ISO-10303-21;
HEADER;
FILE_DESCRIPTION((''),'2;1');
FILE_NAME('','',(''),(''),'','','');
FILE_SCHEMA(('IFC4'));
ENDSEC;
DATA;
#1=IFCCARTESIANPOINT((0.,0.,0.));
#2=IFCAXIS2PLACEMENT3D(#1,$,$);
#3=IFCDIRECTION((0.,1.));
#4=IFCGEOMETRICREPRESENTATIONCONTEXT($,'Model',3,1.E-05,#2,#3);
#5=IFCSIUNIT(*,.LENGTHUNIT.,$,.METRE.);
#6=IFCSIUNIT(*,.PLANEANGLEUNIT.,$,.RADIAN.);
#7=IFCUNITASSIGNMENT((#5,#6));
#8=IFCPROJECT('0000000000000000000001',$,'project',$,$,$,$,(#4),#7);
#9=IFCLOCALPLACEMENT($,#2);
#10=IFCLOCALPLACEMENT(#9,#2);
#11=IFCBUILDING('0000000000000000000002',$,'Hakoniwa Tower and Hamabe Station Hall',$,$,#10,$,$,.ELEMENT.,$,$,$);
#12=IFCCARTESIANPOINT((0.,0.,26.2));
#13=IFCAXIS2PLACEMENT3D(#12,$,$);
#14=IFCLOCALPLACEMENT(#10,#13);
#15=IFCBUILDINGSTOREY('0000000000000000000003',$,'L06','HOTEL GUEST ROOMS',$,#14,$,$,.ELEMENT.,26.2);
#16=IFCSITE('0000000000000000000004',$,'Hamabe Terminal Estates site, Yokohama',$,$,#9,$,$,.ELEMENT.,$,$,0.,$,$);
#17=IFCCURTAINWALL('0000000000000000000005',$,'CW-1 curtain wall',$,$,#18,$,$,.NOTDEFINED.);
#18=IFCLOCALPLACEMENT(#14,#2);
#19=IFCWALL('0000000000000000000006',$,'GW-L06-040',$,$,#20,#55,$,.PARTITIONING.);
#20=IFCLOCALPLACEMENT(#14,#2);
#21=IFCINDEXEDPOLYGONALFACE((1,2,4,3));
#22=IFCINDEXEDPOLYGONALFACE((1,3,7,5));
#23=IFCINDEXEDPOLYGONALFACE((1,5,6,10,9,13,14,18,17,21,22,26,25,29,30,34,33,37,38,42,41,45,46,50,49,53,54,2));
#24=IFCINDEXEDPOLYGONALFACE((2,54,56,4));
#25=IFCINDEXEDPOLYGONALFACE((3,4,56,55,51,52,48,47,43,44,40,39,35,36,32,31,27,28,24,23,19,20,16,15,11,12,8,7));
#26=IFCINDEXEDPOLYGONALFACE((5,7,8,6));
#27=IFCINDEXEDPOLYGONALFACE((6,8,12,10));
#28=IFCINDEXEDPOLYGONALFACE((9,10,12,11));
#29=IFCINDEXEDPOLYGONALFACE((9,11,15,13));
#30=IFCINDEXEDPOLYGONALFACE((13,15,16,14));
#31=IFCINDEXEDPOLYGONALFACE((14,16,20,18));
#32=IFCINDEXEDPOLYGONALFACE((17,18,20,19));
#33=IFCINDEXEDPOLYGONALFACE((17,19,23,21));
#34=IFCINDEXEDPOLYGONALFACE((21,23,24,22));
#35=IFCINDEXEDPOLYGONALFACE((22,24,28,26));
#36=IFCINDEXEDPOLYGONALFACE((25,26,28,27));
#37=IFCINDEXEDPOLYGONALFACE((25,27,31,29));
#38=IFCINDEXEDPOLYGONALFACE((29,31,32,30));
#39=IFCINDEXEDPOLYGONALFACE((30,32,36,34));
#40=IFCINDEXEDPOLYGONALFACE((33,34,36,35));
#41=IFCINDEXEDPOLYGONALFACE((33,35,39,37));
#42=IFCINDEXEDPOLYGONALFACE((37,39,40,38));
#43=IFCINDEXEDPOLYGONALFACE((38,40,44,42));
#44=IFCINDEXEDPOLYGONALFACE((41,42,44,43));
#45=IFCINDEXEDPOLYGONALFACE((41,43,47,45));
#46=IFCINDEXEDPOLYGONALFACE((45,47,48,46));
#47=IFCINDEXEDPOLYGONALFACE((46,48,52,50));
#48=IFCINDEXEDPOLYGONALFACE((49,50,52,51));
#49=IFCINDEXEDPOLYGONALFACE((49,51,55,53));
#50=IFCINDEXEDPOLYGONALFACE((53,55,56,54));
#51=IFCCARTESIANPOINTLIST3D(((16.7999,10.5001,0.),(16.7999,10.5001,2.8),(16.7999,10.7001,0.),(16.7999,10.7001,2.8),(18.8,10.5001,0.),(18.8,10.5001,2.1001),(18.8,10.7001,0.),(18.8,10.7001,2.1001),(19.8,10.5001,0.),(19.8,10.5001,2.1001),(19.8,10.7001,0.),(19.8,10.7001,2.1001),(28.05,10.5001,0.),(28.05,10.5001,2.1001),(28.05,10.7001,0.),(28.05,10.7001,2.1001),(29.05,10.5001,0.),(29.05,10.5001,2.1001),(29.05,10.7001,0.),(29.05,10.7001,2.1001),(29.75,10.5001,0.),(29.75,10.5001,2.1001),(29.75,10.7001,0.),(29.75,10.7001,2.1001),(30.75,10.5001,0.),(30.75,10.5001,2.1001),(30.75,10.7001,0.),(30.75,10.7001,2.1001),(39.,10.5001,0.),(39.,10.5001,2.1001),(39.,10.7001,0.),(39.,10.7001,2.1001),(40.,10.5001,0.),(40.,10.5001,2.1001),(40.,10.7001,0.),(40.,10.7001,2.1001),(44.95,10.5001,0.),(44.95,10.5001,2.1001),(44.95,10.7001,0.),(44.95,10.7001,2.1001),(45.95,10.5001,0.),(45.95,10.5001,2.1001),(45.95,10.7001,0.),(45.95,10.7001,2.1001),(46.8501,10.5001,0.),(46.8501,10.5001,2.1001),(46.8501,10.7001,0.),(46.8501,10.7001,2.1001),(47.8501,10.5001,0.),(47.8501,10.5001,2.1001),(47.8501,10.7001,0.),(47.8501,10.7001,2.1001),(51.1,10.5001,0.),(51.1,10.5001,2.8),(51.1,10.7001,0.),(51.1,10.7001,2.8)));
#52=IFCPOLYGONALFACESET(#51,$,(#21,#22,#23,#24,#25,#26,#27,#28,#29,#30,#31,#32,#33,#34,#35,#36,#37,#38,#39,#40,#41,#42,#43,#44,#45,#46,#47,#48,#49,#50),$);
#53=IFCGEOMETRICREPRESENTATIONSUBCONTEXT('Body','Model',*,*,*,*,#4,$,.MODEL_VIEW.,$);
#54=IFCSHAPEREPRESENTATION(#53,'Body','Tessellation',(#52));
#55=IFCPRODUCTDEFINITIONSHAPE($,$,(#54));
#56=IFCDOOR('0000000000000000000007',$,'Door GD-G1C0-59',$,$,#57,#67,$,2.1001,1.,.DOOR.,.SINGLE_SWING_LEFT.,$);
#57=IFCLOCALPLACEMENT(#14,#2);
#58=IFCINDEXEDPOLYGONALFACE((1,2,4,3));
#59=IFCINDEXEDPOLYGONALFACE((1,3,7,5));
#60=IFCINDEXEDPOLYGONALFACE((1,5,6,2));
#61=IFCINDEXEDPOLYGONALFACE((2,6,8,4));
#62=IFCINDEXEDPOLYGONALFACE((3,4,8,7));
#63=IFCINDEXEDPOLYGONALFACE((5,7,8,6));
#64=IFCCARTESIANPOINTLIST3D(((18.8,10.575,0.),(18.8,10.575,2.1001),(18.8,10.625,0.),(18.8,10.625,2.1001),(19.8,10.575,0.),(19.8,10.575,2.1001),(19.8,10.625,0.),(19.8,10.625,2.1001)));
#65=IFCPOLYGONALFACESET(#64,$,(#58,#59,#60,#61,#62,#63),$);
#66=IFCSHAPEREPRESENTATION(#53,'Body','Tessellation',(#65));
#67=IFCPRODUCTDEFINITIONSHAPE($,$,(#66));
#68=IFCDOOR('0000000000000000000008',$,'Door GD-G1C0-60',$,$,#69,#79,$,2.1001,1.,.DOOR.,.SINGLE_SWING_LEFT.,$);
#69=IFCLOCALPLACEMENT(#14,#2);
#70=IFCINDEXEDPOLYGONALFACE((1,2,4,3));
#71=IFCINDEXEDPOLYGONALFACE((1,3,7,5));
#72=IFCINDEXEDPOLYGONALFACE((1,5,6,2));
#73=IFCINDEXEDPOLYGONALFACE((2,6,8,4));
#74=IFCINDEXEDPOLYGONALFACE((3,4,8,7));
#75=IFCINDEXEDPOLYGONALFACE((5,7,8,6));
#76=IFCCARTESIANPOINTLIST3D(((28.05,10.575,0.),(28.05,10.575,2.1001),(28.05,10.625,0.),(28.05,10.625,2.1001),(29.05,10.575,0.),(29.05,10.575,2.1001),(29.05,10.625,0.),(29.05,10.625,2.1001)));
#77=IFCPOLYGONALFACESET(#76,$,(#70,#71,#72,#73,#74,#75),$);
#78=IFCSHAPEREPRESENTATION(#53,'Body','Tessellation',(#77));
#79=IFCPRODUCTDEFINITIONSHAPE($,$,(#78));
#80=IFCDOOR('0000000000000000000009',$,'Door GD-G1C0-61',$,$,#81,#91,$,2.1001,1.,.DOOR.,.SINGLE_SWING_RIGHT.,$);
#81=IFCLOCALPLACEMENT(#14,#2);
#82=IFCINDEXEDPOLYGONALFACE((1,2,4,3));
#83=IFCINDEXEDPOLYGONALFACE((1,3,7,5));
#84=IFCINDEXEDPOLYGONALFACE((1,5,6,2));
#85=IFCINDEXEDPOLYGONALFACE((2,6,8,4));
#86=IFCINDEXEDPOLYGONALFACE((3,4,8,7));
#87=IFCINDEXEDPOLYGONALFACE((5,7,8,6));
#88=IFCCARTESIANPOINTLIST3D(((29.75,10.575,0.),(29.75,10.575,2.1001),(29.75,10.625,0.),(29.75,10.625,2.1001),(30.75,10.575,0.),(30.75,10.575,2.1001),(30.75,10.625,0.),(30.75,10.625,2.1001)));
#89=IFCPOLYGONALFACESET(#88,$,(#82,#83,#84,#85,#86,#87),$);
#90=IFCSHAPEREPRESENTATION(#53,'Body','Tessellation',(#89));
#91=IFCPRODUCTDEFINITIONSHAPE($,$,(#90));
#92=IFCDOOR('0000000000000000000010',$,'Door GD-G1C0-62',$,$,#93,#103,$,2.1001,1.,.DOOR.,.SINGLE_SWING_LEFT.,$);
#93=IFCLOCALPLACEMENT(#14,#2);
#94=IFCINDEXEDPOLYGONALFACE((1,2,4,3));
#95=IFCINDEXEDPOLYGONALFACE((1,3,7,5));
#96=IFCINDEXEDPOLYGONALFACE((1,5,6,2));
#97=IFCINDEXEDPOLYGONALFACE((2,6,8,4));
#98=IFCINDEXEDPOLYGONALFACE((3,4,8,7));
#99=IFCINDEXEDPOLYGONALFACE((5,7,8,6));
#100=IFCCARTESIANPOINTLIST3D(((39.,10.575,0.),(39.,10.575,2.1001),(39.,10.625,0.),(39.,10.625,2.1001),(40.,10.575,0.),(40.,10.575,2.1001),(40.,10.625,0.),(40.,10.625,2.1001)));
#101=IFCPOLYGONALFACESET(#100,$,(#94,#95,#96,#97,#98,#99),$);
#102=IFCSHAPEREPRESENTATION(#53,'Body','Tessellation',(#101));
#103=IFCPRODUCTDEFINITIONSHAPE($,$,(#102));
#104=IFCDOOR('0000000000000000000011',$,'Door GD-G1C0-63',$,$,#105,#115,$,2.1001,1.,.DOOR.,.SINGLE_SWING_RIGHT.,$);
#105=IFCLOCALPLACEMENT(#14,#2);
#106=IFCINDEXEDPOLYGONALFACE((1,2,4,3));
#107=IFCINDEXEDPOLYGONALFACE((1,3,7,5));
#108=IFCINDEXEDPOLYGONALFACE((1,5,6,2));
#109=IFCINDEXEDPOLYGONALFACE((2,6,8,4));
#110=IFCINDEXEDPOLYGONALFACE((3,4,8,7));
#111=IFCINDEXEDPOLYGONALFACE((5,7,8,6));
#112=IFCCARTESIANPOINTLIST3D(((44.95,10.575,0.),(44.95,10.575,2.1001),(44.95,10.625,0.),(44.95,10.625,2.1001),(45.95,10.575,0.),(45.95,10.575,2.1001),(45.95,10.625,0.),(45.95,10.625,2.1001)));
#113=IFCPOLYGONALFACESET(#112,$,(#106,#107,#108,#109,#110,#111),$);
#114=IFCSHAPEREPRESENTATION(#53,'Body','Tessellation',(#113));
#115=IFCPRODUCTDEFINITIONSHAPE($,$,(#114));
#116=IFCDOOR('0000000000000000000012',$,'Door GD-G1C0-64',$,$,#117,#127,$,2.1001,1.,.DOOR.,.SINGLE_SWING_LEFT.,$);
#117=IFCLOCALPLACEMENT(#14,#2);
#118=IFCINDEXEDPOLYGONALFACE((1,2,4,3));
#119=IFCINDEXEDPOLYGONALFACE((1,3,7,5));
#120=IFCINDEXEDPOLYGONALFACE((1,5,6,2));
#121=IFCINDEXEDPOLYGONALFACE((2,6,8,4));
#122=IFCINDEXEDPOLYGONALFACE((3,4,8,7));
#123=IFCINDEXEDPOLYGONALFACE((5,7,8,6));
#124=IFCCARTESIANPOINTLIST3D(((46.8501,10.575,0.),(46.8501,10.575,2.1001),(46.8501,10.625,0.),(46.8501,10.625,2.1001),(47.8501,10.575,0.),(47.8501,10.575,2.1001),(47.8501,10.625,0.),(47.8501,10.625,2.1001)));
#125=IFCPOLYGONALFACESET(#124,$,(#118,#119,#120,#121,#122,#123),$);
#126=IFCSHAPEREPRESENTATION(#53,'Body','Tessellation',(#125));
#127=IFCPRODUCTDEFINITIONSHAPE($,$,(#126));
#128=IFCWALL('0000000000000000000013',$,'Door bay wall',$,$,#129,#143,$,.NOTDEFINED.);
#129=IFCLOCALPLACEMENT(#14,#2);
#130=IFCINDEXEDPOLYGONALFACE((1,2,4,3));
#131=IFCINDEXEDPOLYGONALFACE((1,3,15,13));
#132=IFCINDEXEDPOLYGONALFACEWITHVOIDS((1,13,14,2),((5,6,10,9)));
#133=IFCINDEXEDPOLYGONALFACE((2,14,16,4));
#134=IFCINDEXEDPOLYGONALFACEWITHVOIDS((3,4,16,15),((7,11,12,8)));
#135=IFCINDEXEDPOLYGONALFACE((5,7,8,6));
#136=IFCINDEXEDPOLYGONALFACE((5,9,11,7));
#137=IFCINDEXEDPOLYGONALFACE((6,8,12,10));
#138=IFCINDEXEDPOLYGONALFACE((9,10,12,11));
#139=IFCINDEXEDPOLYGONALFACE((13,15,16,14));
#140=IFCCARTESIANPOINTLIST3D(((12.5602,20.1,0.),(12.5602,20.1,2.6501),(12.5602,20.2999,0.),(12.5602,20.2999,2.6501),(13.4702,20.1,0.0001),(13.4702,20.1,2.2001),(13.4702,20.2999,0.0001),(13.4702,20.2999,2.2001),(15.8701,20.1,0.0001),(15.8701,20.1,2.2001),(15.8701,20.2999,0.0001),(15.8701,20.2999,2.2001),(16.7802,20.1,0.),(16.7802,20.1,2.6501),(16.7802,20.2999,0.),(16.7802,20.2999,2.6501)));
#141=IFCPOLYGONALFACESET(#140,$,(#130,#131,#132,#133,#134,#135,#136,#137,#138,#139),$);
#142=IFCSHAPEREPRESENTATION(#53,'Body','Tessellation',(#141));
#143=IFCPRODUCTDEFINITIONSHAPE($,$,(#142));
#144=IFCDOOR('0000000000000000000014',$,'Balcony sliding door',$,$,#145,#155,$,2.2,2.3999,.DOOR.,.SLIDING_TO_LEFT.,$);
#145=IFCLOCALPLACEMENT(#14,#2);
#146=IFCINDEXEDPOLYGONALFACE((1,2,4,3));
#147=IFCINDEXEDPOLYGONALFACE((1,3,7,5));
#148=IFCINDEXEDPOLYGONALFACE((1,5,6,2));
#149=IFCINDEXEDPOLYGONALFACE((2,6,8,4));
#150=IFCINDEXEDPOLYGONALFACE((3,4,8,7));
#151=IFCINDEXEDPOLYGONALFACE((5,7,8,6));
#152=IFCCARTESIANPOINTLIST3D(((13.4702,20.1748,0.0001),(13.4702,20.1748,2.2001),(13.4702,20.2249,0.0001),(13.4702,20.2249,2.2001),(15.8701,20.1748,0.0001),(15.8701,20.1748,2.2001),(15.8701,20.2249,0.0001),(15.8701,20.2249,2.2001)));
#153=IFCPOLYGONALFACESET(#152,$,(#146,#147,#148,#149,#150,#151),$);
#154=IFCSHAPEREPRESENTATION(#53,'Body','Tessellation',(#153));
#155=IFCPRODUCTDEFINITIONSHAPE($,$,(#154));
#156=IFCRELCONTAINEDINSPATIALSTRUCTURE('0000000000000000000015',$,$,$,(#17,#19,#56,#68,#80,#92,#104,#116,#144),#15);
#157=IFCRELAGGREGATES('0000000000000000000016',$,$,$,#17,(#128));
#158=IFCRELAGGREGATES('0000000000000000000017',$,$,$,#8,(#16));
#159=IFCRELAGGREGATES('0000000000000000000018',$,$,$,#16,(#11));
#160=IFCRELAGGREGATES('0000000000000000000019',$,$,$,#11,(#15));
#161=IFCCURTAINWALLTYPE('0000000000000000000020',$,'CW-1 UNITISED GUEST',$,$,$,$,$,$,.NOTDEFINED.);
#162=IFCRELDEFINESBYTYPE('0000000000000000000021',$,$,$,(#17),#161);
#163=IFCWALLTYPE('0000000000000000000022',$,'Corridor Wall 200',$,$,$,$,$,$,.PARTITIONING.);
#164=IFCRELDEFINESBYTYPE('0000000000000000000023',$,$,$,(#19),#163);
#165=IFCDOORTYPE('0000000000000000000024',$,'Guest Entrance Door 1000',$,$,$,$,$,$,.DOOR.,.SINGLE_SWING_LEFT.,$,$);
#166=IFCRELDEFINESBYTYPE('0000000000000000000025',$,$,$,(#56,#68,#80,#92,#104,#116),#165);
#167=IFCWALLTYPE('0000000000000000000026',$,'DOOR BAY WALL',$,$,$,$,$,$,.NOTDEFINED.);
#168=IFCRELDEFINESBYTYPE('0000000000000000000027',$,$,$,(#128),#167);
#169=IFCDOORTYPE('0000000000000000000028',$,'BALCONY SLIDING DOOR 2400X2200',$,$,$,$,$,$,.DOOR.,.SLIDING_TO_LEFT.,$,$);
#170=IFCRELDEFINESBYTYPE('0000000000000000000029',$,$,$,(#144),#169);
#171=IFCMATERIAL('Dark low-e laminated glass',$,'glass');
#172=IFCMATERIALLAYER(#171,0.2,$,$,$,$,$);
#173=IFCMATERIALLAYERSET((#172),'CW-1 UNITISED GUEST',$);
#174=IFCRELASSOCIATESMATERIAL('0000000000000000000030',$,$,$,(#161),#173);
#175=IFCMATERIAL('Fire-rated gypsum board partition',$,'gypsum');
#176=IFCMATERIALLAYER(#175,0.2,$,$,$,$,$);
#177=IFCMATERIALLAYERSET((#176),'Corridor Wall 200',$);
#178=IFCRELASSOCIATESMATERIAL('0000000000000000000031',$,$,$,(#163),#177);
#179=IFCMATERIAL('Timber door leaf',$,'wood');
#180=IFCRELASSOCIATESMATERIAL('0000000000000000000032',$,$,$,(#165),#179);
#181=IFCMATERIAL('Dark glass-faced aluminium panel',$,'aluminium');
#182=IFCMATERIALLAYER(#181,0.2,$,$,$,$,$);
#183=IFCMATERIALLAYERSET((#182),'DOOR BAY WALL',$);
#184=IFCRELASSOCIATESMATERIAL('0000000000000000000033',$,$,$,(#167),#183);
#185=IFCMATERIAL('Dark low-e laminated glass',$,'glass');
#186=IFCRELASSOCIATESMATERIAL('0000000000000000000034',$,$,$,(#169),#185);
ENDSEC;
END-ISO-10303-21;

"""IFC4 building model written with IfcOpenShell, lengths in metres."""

from ifc_helpers import new_model, si_unit, direction, frame, frame_2d, origin, place, context, subcontext, project, spatial, rectangle, extrude, material, layer, layer_set, type_object, element, fill, aggregate, save


model = new_model("IFC4")

# Units and contexts
model_context = context("Model", 3, precision=1e-05, world=origin(), true_north=direction((0.0, 1.0)))
body_context = subcontext(model_context, "Body", "Model", "MODEL_VIEW")
ifc_project = project(units=[si_unit("LENGTHUNIT", "METRE"), si_unit("PLANEANGLEUNIT", "RADIAN")], contexts=[model_context])

# Site, building, storey
site_placement = place(None, origin())
site = spatial("IfcSite", under=ifc_project, at=site_placement, Name="Hamabe Terminal Estates site, Yokohama", CompositionType="ELEMENT", RefElevation=0.0)
building_placement = place(site_placement, origin())
building = spatial("IfcBuilding", under=site, at=building_placement, Name="Hakoniwa Tower and Hamabe Station Hall", CompositionType="ELEMENT")
storey_placement = place(building_placement, frame((0.0, 0.0, 26.2)))
storey = spatial("IfcBuildingStorey", under=building, at=storey_placement, Name="L06", Description="HOTEL GUEST ROOMS", CompositionType="ELEMENT", Elevation=26.2)

# Curtain wall
ifc_material_1 = material(Name="Dark low-e laminated glass", Category="glass")
ifc_layer_1 = layer(ifc_material_1, 0.2)
ifc_layer_set_1 = layer_set([ifc_layer_1], Name="CW-1 UNITISED GUEST")
curtain_wall_type = type_object("IfcCurtainWallType", Name="CW-1 UNITISED GUEST", PredefinedType="NOTDEFINED", material=ifc_layer_set_1)
curtain_wall_placement = place(storey_placement, origin())
curtain_wall = element("IfcCurtainWall", 1, at=curtain_wall_placement, inside=storey, type_object=curtain_wall_type, Name="CW-1 curtain wall", PredefinedType="NOTDEFINED")

# Wall, openings, doors
ifc_material_2 = material(Name="Fire-rated gypsum board partition", Category="gypsum")
ifc_layer_2 = layer(ifc_material_2, 0.2)
ifc_layer_set_2 = layer_set([ifc_layer_2], Name="Corridor Wall 200")
wall_type_1 = type_object("IfcWallType", Name="Corridor Wall 200", PredefinedType="PARTITIONING", material=ifc_layer_set_2)
wall_1_placement = place(storey_placement, frame((16.8, 10.6001, 0.0), z_axis=(0.0, 0.0, 1.0), x_axis=(1.0, 0.0, 0.0)))
wall_1 = element("IfcWall", 2, at=wall_1_placement, inside=storey, type_object=wall_type_1, Name="GW-L06-040", PredefinedType="PARTITIONING", context=body_context, shape_type="SweptSolid", body=[
    extrude(rectangle(XDim=34.3, YDim=0.2, at=frame_2d((17.1499, 0.0))), origin(), (0.0, 0.0, 1.0), 2.8),
])
opening_1_placement = place(wall_1_placement, frame((2.0, 0.0, 0.0)))
opening_1 = element("IfcOpeningElement", 3, at=opening_1_placement, cuts=wall_1, PredefinedType="OPENING", context=body_context, shape_type="SweptSolid", body=[
    extrude(rectangle(XDim=1.0, YDim=2.1001, at=frame_2d((0.5, 1.05))), frame((0.0, 0.1099, 0.0), z_axis=(0.0, -1.0, 0.0), x_axis=(1.0, 0.0, 0.0)), (0.0, 0.0, 1.0), 0.22),
])
opening_2_placement = place(wall_1_placement, frame((11.25, 0.0, 0.0)))
opening_2 = element("IfcOpeningElement", 4, at=opening_2_placement, cuts=wall_1, PredefinedType="OPENING", context=body_context, shape_type="SweptSolid", body=[
    extrude(rectangle(XDim=1.0, YDim=2.1001, at=frame_2d((0.5, 1.05))), frame((0.0, 0.1099, 0.0), z_axis=(0.0, -1.0, 0.0), x_axis=(1.0, 0.0, 0.0)), (0.0, 0.0, 1.0), 0.22),
])
opening_3_placement = place(wall_1_placement, frame((12.95, 0.0, 0.0)))
opening_3 = element("IfcOpeningElement", 5, at=opening_3_placement, cuts=wall_1, PredefinedType="OPENING", context=body_context, shape_type="SweptSolid", body=[
    extrude(rectangle(XDim=1.0, YDim=2.1001, at=frame_2d((0.5, 1.05))), frame((0.0, 0.1099, 0.0), z_axis=(0.0, -1.0, 0.0), x_axis=(1.0, 0.0, 0.0)), (0.0, 0.0, 1.0), 0.22),
])
opening_4_placement = place(wall_1_placement, frame((22.2, 0.0, 0.0)))
opening_4 = element("IfcOpeningElement", 6, at=opening_4_placement, cuts=wall_1, PredefinedType="OPENING", context=body_context, shape_type="SweptSolid", body=[
    extrude(rectangle(XDim=1.0, YDim=2.1001, at=frame_2d((0.5, 1.05))), frame((0.0, 0.1099, 0.0), z_axis=(0.0, -1.0, 0.0), x_axis=(1.0, 0.0, 0.0)), (0.0, 0.0, 1.0), 0.22),
])
opening_5_placement = place(wall_1_placement, frame((28.1499, 0.0, 0.0)))
opening_5 = element("IfcOpeningElement", 7, at=opening_5_placement, cuts=wall_1, PredefinedType="OPENING", context=body_context, shape_type="SweptSolid", body=[
    extrude(rectangle(XDim=1.0, YDim=2.1001, at=frame_2d((0.5, 1.05))), frame((0.0, 0.1099, 0.0), z_axis=(0.0, -1.0, 0.0), x_axis=(1.0, 0.0, 0.0)), (0.0, 0.0, 1.0), 0.22),
])
opening_6_placement = place(wall_1_placement, frame((30.05, 0.0, 0.0)))
opening_6 = element("IfcOpeningElement", 8, at=opening_6_placement, cuts=wall_1, PredefinedType="OPENING", context=body_context, shape_type="SweptSolid", body=[
    extrude(rectangle(XDim=1.0, YDim=2.1001, at=frame_2d((0.5, 1.05))), frame((0.0, 0.1099, 0.0), z_axis=(0.0, -1.0, 0.0), x_axis=(1.0, 0.0, 0.0)), (0.0, 0.0, 1.0), 0.22),
])
ifc_material_3 = material(Name="Timber door leaf", Category="wood")
door_type_1 = type_object("IfcDoorType", Name="Guest Entrance Door 1000", OperationType="SINGLE_SWING_LEFT", PredefinedType="DOOR", material=ifc_material_3)
door_1_placement = place(opening_1_placement, origin())
door_1 = element("IfcDoor", 9, at=door_1_placement, inside=storey, type_object=door_type_1, Name="Door GD-G1C0-59", OperationType="SINGLE_SWING_LEFT", OverallHeight=2.1001, OverallWidth=1.0, PredefinedType="DOOR", context=body_context, shape_type="SweptSolid", body=[
    extrude(rectangle(XDim=1.0, YDim=2.1001, at=frame_2d((0.5, 1.05))), frame((0.0, 0.0249, 0.0), z_axis=(0.0, -1.0, 0.0), x_axis=(1.0, 0.0, 0.0)), (0.0, 0.0, 1.0), 0.05),
])
fill(opening_1, door_1)
door_2_placement = place(opening_2_placement, origin())
door_2 = element("IfcDoor", 10, at=door_2_placement, inside=storey, type_object=door_type_1, Name="Door GD-G1C0-60", OperationType="SINGLE_SWING_LEFT", OverallHeight=2.1001, OverallWidth=1.0, PredefinedType="DOOR", context=body_context, shape_type="SweptSolid", body=[
    extrude(rectangle(XDim=1.0, YDim=2.1001, at=frame_2d((0.5, 1.05))), frame((0.0, 0.0249, 0.0), z_axis=(0.0, -1.0, 0.0), x_axis=(1.0, 0.0, 0.0)), (0.0, 0.0, 1.0), 0.05),
])
fill(opening_2, door_2)
door_3_placement = place(opening_3_placement, origin())
door_3 = element("IfcDoor", 11, at=door_3_placement, inside=storey, type_object=door_type_1, Name="Door GD-G1C0-61", OperationType="SINGLE_SWING_RIGHT", OverallHeight=2.1001, OverallWidth=1.0, PredefinedType="DOOR", context=body_context, shape_type="SweptSolid", body=[
    extrude(rectangle(XDim=1.0, YDim=2.1001, at=frame_2d((0.5, 1.05))), frame((0.0, 0.0249, 0.0), z_axis=(0.0, -1.0, 0.0), x_axis=(1.0, 0.0, 0.0)), (0.0, 0.0, 1.0), 0.05),
])
fill(opening_3, door_3)
door_4_placement = place(opening_4_placement, origin())
door_4 = element("IfcDoor", 12, at=door_4_placement, inside=storey, type_object=door_type_1, Name="Door GD-G1C0-62", OperationType="SINGLE_SWING_LEFT", OverallHeight=2.1001, OverallWidth=1.0, PredefinedType="DOOR", context=body_context, shape_type="SweptSolid", body=[
    extrude(rectangle(XDim=1.0, YDim=2.1001, at=frame_2d((0.5, 1.05))), frame((0.0, 0.0249, 0.0), z_axis=(0.0, -1.0, 0.0), x_axis=(1.0, 0.0, 0.0)), (0.0, 0.0, 1.0), 0.05),
])
fill(opening_4, door_4)
door_5_placement = place(opening_5_placement, origin())
door_5 = element("IfcDoor", 13, at=door_5_placement, inside=storey, type_object=door_type_1, Name="Door GD-G1C0-63", OperationType="SINGLE_SWING_RIGHT", OverallHeight=2.1001, OverallWidth=1.0, PredefinedType="DOOR", context=body_context, shape_type="SweptSolid", body=[
    extrude(rectangle(XDim=1.0, YDim=2.1001, at=frame_2d((0.5, 1.05))), frame((0.0, 0.0249, 0.0), z_axis=(0.0, -1.0, 0.0), x_axis=(1.0, 0.0, 0.0)), (0.0, 0.0, 1.0), 0.05),
])
fill(opening_5, door_5)
door_6_placement = place(opening_6_placement, origin())
door_6 = element("IfcDoor", 14, at=door_6_placement, inside=storey, type_object=door_type_1, Name="Door GD-G1C0-64", OperationType="SINGLE_SWING_LEFT", OverallHeight=2.1001, OverallWidth=1.0, PredefinedType="DOOR", context=body_context, shape_type="SweptSolid", body=[
    extrude(rectangle(XDim=1.0, YDim=2.1001, at=frame_2d((0.5, 1.05))), frame((0.0, 0.0249, 0.0), z_axis=(0.0, -1.0, 0.0), x_axis=(1.0, 0.0, 0.0)), (0.0, 0.0, 1.0), 0.05),
])
fill(opening_6, door_6)

# Wall, opening, door
ifc_material_4 = material(Name="Dark glass-faced aluminium panel", Category="aluminium")
ifc_layer_3 = layer(ifc_material_4, 0.2)
ifc_layer_set_3 = layer_set([ifc_layer_3], Name="DOOR BAY WALL")
wall_type_2 = type_object("IfcWallType", Name="DOOR BAY WALL", PredefinedType="NOTDEFINED", material=ifc_layer_set_3)
wall_2_placement = place(storey_placement, frame((16.78, 20.2, 0.0), z_axis=(0.0, 0.0, 1.0), x_axis=(-1.0, 0.0, 0.0)))
wall_2 = element("IfcWall", 15, at=wall_2_placement, type_object=wall_type_2, Name="Door bay wall", PredefinedType="NOTDEFINED", context=body_context, shape_type="SweptSolid", body=[
    extrude(rectangle(XDim=4.22, YDim=0.2, at=frame_2d((2.1099, 0.0))), origin(), (0.0, 0.0, 1.0), 2.6501),
])
opening_7_placement = place(wall_2_placement, frame((0.9099, 0.0, 0.0)))
opening_7 = element("IfcOpeningElement", 16, at=opening_7_placement, cuts=wall_2, PredefinedType="OPENING", context=body_context, shape_type="SweptSolid", body=[
    extrude(rectangle(XDim=2.3999, YDim=2.2, at=frame_2d((1.2, 1.1001))), frame((0.0, 0.1099, 0.0), z_axis=(0.0, -1.0, 0.0), x_axis=(1.0, 0.0, 0.0)), (0.0, 0.0, 1.0), 0.22),
])
ifc_material_5 = material(Name="Dark low-e laminated glass", Category="glass")
door_type_2 = type_object("IfcDoorType", Name="BALCONY SLIDING DOOR 2400X2200", OperationType="SLIDING_TO_LEFT", PredefinedType="DOOR", material=ifc_material_5)
door_7_placement = place(opening_7_placement, frame((2.3999, 0.0, 0.0), z_axis=(0.0, 0.0, 1.0), x_axis=(-1.0, 0.0, 0.0)))
door_7 = element("IfcDoor", 17, at=door_7_placement, inside=storey, type_object=door_type_2, Name="Balcony sliding door", OperationType="SLIDING_TO_LEFT", OverallHeight=2.2, OverallWidth=2.3999, PredefinedType="DOOR", context=body_context, shape_type="SweptSolid", body=[
    extrude(rectangle(XDim=2.3999, YDim=2.2, at=frame_2d((1.2, 1.1001))), frame((0.0, 0.0249, 0.0), z_axis=(0.0, -1.0, 0.0), x_axis=(1.0, 0.0, 0.0)), (0.0, 0.0, 1.0), 0.05),
])
fill(opening_7, door_7)
aggregate(curtain_wall, [wall_2])

save(model, "model.ifc")
